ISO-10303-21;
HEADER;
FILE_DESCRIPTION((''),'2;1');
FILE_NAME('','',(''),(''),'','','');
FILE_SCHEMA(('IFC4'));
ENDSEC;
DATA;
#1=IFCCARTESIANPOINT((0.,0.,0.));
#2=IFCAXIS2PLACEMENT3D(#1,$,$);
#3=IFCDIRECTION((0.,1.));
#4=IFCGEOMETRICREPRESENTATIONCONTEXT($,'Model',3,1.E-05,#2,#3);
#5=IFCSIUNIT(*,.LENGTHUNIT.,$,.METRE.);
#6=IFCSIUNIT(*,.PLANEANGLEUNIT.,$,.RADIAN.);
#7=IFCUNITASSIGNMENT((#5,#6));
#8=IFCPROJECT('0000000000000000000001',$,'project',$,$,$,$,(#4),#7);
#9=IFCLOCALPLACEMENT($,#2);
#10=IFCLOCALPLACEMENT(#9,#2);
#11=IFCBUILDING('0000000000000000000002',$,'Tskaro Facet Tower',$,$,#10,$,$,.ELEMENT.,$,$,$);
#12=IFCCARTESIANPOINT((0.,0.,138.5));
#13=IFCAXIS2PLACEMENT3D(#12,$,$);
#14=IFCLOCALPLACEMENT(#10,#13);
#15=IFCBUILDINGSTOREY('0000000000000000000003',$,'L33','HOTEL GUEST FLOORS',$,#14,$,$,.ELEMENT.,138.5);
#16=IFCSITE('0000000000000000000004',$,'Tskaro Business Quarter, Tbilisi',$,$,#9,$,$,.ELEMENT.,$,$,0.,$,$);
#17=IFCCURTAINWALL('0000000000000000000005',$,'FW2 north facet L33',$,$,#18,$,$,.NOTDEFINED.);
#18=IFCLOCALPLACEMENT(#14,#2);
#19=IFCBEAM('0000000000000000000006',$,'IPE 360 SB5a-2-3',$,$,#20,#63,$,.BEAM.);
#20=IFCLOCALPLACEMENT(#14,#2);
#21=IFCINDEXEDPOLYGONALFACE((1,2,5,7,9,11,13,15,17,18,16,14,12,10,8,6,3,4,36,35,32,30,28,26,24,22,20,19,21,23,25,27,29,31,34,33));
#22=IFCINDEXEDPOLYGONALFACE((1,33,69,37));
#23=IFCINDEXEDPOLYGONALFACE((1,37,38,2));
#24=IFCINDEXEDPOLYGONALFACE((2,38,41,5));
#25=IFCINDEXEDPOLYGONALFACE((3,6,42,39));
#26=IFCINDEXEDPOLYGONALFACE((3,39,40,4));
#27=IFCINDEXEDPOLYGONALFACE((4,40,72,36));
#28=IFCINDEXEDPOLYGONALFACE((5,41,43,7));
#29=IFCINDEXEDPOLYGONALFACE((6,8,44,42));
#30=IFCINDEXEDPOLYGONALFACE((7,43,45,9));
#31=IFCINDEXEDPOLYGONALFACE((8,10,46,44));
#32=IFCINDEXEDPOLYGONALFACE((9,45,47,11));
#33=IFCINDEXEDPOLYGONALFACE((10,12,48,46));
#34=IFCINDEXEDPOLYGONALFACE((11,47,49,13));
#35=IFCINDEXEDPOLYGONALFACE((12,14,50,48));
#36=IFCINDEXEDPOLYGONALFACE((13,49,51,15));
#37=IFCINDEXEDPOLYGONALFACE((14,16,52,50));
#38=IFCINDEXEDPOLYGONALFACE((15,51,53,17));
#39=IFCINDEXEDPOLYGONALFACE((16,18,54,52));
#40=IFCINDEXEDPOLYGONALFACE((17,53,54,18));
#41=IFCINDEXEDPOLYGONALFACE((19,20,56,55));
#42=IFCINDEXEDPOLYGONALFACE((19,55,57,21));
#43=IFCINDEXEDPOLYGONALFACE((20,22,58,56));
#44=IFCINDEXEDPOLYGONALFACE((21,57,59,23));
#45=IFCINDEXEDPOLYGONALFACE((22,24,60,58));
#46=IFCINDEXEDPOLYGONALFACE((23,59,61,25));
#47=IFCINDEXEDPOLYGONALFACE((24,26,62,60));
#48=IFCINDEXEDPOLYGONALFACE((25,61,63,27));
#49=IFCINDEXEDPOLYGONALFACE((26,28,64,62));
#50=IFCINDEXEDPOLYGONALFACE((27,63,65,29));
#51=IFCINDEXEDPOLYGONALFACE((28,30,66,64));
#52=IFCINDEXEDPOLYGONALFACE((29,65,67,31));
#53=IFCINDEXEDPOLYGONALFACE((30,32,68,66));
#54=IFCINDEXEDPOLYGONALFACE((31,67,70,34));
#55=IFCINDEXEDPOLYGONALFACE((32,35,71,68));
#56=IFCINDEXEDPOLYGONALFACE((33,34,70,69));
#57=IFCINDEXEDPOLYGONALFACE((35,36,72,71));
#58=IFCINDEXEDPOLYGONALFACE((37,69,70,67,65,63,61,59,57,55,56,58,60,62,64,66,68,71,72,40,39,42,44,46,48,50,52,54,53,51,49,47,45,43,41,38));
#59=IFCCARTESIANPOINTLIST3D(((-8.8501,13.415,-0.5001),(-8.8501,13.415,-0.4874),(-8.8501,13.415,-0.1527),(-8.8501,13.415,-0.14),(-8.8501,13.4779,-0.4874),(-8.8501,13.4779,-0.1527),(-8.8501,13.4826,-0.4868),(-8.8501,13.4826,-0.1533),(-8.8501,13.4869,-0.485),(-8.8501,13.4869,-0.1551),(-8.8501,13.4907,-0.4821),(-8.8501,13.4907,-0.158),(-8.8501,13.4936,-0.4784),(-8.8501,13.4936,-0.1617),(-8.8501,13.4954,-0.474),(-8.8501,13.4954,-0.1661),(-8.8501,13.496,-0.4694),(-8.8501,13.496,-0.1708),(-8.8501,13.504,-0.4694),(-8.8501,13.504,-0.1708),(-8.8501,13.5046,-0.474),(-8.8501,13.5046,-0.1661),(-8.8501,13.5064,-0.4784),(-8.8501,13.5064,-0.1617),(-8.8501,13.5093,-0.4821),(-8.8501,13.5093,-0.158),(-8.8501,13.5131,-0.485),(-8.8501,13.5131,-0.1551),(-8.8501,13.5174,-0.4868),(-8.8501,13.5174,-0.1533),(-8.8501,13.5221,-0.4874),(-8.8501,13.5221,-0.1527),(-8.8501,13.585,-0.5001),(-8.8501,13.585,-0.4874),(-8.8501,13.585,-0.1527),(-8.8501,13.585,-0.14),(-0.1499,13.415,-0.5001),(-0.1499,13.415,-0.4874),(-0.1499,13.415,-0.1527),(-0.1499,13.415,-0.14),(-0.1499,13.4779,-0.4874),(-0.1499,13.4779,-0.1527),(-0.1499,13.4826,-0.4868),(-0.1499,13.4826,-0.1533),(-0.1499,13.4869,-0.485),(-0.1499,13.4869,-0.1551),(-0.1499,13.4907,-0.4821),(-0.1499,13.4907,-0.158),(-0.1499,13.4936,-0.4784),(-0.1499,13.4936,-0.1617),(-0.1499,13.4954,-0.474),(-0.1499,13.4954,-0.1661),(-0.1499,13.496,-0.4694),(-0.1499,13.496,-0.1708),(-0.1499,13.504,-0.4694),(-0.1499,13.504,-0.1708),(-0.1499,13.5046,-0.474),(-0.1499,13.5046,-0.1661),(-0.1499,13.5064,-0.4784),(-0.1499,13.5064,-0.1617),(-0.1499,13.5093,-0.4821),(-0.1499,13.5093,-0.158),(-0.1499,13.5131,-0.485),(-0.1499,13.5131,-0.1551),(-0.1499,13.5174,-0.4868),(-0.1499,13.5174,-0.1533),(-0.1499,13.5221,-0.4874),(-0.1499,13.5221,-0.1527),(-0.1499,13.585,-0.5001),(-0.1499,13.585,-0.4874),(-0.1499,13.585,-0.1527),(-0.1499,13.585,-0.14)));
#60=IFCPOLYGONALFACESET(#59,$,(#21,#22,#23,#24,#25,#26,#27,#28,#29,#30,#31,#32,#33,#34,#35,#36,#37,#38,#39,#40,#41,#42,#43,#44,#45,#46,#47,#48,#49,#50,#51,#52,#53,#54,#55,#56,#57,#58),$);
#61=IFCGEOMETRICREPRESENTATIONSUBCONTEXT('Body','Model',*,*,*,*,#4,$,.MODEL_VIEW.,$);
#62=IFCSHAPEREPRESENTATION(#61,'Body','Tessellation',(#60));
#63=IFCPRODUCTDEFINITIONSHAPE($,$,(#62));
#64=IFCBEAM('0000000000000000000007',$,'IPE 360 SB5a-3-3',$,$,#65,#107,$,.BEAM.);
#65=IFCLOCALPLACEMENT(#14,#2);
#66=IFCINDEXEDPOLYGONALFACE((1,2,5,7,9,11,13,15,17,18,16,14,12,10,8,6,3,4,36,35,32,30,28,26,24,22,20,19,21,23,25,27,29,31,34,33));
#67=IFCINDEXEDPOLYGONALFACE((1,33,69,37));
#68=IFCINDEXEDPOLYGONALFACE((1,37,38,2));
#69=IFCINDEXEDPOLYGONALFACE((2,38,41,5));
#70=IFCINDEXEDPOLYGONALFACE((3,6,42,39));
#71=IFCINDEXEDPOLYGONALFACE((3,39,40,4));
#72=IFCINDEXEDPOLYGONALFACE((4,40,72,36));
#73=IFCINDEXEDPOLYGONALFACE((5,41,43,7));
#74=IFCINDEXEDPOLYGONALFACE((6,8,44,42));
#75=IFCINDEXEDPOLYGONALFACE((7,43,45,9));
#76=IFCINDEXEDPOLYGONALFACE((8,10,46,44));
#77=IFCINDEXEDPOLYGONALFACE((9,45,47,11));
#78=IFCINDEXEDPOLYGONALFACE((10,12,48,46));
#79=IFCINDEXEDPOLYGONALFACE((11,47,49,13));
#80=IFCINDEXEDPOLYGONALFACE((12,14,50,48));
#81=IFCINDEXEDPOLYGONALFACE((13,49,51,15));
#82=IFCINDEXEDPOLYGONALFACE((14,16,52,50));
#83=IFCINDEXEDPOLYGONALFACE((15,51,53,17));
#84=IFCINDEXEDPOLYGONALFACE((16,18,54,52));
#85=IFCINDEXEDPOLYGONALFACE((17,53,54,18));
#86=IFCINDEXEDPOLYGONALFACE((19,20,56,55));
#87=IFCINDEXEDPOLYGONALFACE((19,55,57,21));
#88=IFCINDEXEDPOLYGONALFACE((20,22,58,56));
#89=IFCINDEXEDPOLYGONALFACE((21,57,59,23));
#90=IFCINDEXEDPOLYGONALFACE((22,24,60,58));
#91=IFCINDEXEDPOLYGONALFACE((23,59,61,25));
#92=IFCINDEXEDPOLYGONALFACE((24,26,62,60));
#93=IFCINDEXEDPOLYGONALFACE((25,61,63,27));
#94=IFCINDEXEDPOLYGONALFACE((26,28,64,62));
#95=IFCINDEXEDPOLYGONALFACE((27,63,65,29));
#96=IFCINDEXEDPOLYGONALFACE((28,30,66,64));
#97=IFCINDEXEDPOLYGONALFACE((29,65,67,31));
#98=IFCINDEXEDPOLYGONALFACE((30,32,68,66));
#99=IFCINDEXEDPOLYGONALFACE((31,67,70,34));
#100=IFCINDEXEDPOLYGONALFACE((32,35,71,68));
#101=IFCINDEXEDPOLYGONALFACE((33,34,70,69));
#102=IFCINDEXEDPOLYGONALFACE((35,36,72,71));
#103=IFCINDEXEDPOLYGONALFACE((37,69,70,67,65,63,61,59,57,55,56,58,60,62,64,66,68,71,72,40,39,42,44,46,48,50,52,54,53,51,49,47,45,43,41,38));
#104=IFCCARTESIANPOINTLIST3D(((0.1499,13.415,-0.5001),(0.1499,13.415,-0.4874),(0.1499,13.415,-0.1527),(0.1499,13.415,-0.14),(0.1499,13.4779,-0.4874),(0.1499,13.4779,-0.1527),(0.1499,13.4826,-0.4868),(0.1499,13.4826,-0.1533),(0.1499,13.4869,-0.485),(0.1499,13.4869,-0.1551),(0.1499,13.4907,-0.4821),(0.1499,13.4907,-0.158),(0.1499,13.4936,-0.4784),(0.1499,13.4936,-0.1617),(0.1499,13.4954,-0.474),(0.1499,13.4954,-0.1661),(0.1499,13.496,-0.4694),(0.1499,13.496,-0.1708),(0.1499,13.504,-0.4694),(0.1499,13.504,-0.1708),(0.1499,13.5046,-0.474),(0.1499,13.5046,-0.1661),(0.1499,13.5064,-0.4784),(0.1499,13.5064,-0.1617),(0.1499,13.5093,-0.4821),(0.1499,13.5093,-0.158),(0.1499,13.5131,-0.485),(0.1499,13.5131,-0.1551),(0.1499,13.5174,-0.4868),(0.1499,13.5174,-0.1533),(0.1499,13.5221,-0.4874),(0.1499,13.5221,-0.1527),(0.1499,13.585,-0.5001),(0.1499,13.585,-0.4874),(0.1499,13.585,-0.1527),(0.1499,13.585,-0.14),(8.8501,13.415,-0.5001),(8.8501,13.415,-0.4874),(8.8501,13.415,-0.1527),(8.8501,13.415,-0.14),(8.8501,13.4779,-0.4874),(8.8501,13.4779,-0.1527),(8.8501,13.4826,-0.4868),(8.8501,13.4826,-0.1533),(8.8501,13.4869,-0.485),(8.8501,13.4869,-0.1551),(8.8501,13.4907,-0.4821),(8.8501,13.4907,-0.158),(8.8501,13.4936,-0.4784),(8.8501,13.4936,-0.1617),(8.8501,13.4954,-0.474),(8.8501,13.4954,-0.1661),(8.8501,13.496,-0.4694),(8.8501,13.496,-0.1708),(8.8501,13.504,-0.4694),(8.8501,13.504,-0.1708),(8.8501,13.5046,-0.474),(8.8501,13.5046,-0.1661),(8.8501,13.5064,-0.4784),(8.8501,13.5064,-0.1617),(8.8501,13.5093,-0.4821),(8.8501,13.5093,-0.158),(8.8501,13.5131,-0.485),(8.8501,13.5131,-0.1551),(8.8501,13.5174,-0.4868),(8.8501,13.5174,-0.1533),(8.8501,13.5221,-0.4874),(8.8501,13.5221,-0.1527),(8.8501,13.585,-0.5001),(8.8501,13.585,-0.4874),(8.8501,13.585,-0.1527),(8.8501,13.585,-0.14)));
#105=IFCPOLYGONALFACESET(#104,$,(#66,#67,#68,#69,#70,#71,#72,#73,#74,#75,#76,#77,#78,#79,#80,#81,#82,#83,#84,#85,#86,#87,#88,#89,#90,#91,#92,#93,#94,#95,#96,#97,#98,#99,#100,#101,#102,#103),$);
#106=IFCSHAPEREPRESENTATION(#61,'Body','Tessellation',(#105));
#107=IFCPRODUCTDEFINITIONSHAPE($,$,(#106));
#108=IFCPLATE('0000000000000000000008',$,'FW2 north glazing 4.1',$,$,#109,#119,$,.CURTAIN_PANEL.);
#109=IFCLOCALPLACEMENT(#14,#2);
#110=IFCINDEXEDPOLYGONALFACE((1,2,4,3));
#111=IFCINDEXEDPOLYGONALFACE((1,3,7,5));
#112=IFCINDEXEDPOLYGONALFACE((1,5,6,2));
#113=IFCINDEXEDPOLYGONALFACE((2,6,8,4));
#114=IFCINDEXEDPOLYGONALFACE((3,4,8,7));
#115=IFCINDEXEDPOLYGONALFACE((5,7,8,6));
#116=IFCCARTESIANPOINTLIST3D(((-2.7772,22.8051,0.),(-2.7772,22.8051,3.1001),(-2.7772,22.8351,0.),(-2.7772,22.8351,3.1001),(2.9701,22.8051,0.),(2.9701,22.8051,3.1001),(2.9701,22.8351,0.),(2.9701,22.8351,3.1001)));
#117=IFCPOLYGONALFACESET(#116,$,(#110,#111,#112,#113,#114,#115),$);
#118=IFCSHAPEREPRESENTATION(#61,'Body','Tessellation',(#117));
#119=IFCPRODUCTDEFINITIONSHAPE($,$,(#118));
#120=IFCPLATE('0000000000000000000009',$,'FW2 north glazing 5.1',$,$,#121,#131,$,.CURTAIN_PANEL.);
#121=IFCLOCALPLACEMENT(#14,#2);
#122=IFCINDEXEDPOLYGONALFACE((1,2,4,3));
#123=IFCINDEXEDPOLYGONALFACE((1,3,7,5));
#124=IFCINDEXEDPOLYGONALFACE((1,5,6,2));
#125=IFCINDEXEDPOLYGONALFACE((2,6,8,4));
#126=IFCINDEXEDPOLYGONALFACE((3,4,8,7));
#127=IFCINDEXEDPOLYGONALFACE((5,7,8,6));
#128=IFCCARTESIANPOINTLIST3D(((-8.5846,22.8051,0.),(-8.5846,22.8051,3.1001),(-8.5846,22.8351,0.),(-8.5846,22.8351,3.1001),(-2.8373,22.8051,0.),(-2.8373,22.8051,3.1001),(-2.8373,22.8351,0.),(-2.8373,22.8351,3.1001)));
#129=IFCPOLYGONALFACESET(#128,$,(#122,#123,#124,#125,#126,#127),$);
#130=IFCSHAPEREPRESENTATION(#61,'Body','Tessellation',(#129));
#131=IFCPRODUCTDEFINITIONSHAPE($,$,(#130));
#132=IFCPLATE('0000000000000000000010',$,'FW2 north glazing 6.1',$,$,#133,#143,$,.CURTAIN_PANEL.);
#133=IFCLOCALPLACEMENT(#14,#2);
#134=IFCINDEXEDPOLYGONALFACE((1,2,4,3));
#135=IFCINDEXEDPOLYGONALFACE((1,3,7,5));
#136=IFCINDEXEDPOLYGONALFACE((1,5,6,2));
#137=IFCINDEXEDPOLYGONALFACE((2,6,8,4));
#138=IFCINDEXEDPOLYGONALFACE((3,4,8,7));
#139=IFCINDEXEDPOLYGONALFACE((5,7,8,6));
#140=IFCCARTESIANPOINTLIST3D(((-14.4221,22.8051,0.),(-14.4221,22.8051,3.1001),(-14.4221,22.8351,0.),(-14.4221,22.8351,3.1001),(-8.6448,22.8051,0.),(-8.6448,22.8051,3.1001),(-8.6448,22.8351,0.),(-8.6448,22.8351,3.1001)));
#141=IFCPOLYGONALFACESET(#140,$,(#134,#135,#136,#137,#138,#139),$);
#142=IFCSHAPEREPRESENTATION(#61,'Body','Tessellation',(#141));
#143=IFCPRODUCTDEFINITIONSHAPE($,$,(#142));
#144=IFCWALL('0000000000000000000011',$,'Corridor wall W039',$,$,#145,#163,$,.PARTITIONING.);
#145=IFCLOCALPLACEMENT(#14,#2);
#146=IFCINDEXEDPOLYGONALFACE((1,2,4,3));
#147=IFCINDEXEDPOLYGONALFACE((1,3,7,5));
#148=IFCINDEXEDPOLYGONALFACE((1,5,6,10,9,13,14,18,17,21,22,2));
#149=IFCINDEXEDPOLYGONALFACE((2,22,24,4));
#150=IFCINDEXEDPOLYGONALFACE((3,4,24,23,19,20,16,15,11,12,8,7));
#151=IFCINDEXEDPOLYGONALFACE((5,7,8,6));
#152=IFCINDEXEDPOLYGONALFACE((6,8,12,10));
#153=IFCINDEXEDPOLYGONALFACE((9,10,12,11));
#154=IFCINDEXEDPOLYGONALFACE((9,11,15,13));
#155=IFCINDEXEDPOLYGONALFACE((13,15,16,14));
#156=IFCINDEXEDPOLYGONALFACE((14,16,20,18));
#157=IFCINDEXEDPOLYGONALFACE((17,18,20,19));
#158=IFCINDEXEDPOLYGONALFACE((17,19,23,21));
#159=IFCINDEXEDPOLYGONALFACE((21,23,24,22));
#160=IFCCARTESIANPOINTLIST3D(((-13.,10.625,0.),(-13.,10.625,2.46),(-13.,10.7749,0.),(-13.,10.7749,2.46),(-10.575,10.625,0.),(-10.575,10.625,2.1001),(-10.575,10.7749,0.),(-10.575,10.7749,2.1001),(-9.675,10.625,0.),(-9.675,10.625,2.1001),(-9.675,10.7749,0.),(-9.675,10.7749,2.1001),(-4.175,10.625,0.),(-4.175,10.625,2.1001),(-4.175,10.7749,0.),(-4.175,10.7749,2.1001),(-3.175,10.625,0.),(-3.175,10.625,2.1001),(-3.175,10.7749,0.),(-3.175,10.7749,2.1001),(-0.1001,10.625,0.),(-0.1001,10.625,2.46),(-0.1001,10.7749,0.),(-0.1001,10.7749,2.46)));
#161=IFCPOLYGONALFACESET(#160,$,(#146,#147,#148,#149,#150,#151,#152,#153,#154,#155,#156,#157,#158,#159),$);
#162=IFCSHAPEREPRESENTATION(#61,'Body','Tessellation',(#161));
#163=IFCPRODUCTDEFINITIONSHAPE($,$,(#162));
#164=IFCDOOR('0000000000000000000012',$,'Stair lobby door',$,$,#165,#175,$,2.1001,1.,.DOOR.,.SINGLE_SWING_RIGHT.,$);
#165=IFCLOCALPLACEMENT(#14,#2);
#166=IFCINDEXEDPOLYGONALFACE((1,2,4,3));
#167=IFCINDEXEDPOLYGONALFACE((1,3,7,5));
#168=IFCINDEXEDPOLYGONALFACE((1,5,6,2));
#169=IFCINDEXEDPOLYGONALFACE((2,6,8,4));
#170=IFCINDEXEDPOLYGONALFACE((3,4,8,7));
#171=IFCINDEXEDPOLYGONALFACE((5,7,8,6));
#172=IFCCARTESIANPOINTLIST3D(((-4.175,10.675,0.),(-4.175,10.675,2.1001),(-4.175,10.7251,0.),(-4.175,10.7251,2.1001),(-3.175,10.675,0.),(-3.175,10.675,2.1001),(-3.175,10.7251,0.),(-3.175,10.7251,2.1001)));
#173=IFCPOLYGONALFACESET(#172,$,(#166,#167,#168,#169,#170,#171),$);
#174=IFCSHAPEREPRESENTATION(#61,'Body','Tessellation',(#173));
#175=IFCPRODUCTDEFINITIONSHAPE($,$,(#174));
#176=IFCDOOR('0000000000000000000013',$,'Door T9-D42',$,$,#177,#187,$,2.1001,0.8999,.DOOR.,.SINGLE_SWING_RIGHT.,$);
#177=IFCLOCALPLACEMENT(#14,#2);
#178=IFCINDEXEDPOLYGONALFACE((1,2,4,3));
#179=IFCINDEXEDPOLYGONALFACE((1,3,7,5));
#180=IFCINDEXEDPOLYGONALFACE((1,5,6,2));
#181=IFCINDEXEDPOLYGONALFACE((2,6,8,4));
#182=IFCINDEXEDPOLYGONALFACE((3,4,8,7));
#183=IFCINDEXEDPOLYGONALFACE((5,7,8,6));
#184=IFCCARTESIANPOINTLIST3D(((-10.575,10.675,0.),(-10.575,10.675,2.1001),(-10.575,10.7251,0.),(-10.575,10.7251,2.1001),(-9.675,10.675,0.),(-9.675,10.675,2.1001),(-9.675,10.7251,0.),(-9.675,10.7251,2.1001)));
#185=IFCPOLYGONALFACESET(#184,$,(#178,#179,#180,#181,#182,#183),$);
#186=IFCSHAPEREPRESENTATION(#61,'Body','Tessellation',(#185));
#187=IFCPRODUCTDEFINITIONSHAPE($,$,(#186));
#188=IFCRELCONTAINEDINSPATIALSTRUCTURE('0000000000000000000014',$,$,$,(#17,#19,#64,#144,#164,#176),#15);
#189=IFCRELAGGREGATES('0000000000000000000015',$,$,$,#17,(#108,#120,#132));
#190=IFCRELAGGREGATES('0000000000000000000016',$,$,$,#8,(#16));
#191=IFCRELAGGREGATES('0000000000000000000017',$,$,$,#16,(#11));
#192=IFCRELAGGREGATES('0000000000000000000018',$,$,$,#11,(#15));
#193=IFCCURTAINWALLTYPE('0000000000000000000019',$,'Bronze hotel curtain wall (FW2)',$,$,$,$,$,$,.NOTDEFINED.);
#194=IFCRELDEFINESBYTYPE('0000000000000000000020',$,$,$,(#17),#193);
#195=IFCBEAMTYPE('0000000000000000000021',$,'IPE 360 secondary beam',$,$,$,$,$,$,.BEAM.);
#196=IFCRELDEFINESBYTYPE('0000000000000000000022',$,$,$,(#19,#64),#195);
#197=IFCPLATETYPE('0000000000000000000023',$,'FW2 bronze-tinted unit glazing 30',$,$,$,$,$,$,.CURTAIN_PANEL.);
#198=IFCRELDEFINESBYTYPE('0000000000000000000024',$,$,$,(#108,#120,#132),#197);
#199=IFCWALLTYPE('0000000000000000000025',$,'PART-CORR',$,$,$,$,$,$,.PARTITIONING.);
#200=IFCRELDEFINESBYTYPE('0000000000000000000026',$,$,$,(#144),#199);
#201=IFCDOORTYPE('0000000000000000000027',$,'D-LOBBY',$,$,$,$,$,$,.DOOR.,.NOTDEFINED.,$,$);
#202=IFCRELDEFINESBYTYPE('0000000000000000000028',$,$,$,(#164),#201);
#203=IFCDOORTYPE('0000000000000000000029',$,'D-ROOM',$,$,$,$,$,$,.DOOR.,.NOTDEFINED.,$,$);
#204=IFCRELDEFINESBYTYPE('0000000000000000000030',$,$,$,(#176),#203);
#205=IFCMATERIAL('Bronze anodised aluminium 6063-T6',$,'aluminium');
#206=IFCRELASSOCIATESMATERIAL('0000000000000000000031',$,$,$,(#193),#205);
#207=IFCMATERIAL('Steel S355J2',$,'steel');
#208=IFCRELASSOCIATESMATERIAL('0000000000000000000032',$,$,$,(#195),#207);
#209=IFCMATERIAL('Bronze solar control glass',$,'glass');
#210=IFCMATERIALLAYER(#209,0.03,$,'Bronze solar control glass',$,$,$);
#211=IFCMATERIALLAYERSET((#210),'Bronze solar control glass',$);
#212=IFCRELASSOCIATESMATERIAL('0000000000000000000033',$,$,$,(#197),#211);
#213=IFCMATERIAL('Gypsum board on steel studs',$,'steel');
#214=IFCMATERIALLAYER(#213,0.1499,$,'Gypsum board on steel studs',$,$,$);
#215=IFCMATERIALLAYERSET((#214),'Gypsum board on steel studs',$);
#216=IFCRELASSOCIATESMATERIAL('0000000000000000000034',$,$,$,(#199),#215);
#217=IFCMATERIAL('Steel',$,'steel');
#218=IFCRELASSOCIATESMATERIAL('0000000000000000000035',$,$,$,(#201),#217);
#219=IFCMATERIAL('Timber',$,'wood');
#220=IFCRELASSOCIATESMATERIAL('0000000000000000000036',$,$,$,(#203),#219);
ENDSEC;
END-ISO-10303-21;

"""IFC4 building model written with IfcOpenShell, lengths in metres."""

from ifc_helpers import new_model, si_unit, direction, frame, frame_2d, origin, origin_2d, place, context, subcontext, project, spatial, rectangle, i_section, extrude, material, layer, layer_set, material_profile, profile_set, type_object, element, fill, aggregate, save


model = new_model("IFC4")

# Units and contexts
model_context = context("Model", 3, precision=1e-05, world=origin(), true_north=direction((0.0, 1.0)))
body_context = subcontext(model_context, "Body", "Model", "MODEL_VIEW")
ifc_project = project(units=[si_unit("LENGTHUNIT", "METRE"), si_unit("PLANEANGLEUNIT", "RADIAN")], contexts=[model_context])

# Site, building, storey
site_placement = place(None, origin())
site = spatial("IfcSite", under=ifc_project, at=site_placement, Name="Tskaro Business Quarter, Tbilisi", CompositionType="ELEMENT", RefElevation=0.0)
building_placement = place(site_placement, origin())
building = spatial("IfcBuilding", under=site, at=building_placement, Name="Tskaro Facet Tower", CompositionType="ELEMENT")
storey_placement = place(building_placement, frame((0.0, 0.0, 138.5)))
storey = spatial("IfcBuildingStorey", under=building, at=storey_placement, Name="L33", Description="HOTEL GUEST FLOORS", CompositionType="ELEMENT", Elevation=138.5)

# Curtain wall
ifc_material_1 = material(Name="Bronze anodised aluminium 6063-T6", Category="aluminium")
curtain_wall_type = type_object("IfcCurtainWallType", Name="Bronze hotel curtain wall (FW2)", PredefinedType="NOTDEFINED", material=ifc_material_1)
curtain_wall_placement = place(storey_placement, origin())
curtain_wall = element("IfcCurtainWall", 1, at=curtain_wall_placement, inside=storey, type_object=curtain_wall_type, Name="FW2 north facet L33", PredefinedType="NOTDEFINED")

# Beams
ifc_material_2 = material(Name="Steel S355J2", Category="steel")
ifc_material_profile_1 = material_profile(ifc_material_2, i_section(OverallWidth=0.1699, OverallDepth=0.3601, WebThickness=0.0081, FlangeThickness=0.0127, FilletRadius=0.0181, at=origin_2d()), Name="IPE 360")
ifc_profile_set_1 = profile_set([ifc_material_profile_1], Name="Steel S355J2")
beam_type_1 = type_object("IfcBeamType", Name="IPE 360 secondary beam", PredefinedType="BEAM", material=ifc_profile_set_1)
for number, where, z_axis, x_axis, name in (
    (2, (-8.8501, 13.5, -0.3201), (1.0, 0.0, 0.0), (0.0, 1.0, 0.0), "IPE 360 SB5a-2-3"),
    (3, (0.1499, 13.5, -0.3201), (1.0, 0.0, 0.0), (0.0, 1.0, 0.0), "IPE 360 SB5a-3-3"),
):
    element("IfcBeam", number, at=place(storey_placement, frame(where, z_axis=z_axis, x_axis=x_axis)), inside=storey, type_object=beam_type_1, Name=name, PredefinedType="BEAM", context=body_context, shape_type="SweptSolid", body=[
        extrude(i_section(OverallWidth=0.1699, OverallDepth=0.3601, WebThickness=0.0081, FlangeThickness=0.0127, FilletRadius=0.0181, at=origin_2d()), origin(), (0.0, 0.0, 1.0), 8.7002),
    ])

# Plates
ifc_material_3 = material(Name="Bronze solar control glass", Category="glass")
ifc_layer_1 = layer(ifc_material_3, 0.03, Name="Bronze solar control glass")
ifc_layer_set_1 = layer_set([ifc_layer_1], Name="Bronze solar control glass")
plate_type = type_object("IfcPlateType", Name="FW2 bronze-tinted unit glazing 30", PredefinedType="CURTAIN_PANEL", material=ifc_layer_set_1)
plate_1_placement = place(storey_placement, frame((0.0964, 22.8201, 0.0), z_axis=(0.0, 0.0, 1.0), x_axis=(-1.0, 0.0, 0.0)))
plate_1 = element("IfcPlate", 4, at=plate_1_placement, type_object=plate_type, Name="FW2 north glazing 4.1", PredefinedType="CURTAIN_PANEL", context=body_context, shape_type="SweptSolid", body=[
    extrude(rectangle(XDim=5.7473, YDim=0.03, at=origin_2d()), origin(), (0.0, 0.0, 1.0), 3.1001),
])
plate_2_placement = place(storey_placement, frame((-5.7109, 22.8201, 0.0), z_axis=(0.0, 0.0, 1.0), x_axis=(-1.0, 0.0, 0.0)))
plate_2 = element("IfcPlate", 5, at=plate_2_placement, type_object=plate_type, Name="FW2 north glazing 5.1", PredefinedType="CURTAIN_PANEL", context=body_context, shape_type="SweptSolid", body=[
    extrude(rectangle(XDim=5.7473, YDim=0.03, at=origin_2d()), origin(), (0.0, 0.0, 1.0), 3.1001),
])
plate_3_placement = place(storey_placement, frame((-11.5334, 22.8201, 0.0), z_axis=(0.0, 0.0, 1.0), x_axis=(-1.0, 0.0, 0.0)))
plate_3 = element("IfcPlate", 6, at=plate_3_placement, type_object=plate_type, Name="FW2 north glazing 6.1", PredefinedType="CURTAIN_PANEL", context=body_context, shape_type="SweptSolid", body=[
    extrude(rectangle(XDim=5.7773, YDim=0.03, at=origin_2d()), origin(), (0.0, 0.0, 1.0), 3.1001),
])
aggregate(curtain_wall, [plate_1, plate_2, plate_3])

# Wall, openings, doors
ifc_material_4 = material(Name="Gypsum board on steel studs", Category="steel")
ifc_layer_2 = layer(ifc_material_4, 0.1499, Name="Gypsum board on steel studs")
ifc_layer_set_2 = layer_set([ifc_layer_2], Name="Gypsum board on steel studs")
wall_type_1 = type_object("IfcWallType", Name="PART-CORR", PredefinedType="PARTITIONING", material=ifc_layer_set_2)
wall_1_placement = place(storey_placement, frame((-0.1001, 10.7, 0.0), z_axis=(0.0, 0.0, 1.0), x_axis=(-1.0, 0.0, 0.0)))
wall_1 = element("IfcWall", 7, at=wall_1_placement, inside=storey, type_object=wall_type_1, Name="Corridor wall W039", PredefinedType="PARTITIONING", context=body_context, shape_type="SweptSolid", body=[
    extrude(rectangle(XDim=12.8999, YDim=0.1499, at=frame_2d((6.45, 0.0))), origin(), (0.0, 0.0, 1.0), 2.46),
])
opening_1_placement = place(wall_1_placement, frame((3.075, 0.0, 0.0)))
opening_1 = element("IfcOpeningElement", 8, at=opening_1_placement, cuts=wall_1, PredefinedType="OPENING", context=body_context, shape_type="SweptSolid", body=[
    extrude(rectangle(XDim=1.0, YDim=2.1001, at=frame_2d((0.5, 1.05))), frame((0.0, 0.085, 0.0), z_axis=(0.0, -1.0, 0.0), x_axis=(1.0, 0.0, 0.0)), (0.0, 0.0, 1.0), 0.1699),
])
opening_2_placement = place(wall_1_placement, frame((9.575, 0.0, 0.0)))
opening_2 = element("IfcOpeningElement", 9, at=opening_2_placement, cuts=wall_1, PredefinedType="OPENING", context=body_context, shape_type="SweptSolid", body=[
    extrude(rectangle(XDim=0.8999, YDim=2.1001, at=frame_2d((0.45, 1.05))), frame((0.0, 0.085, 0.0), z_axis=(0.0, -1.0, 0.0), x_axis=(1.0, 0.0, 0.0)), (0.0, 0.0, 1.0), 0.1699),
])
ifc_material_5 = material(Name="Steel", Category="steel")
door_type_1 = type_object("IfcDoorType", Name="D-LOBBY", OperationType="NOTDEFINED", PredefinedType="DOOR", material=ifc_material_5)
door_1_placement = place(opening_1_placement, origin())
door_1 = element("IfcDoor", 10, at=door_1_placement, inside=storey, type_object=door_type_1, Name="Stair lobby door", OperationType="SINGLE_SWING_RIGHT", OverallHeight=2.1001, OverallWidth=1.0, PredefinedType="DOOR", context=body_context, shape_type="SweptSolid", body=[
    extrude(rectangle(XDim=1.0, YDim=2.1001, at=frame_2d((0.5, 1.05))), frame((0.0, 0.0249, 0.0), z_axis=(0.0, -1.0, 0.0), x_axis=(1.0, 0.0, 0.0)), (0.0, 0.0, 1.0), 0.05),
])
fill(opening_1, door_1)
ifc_material_6 = material(Name="Timber", Category="wood")
door_type_2 = type_object("IfcDoorType", Name="D-ROOM", OperationType="NOTDEFINED", PredefinedType="DOOR", material=ifc_material_6)
door_2_placement = place(opening_2_placement, origin())
door_2 = element("IfcDoor", 11, at=door_2_placement, inside=storey, type_object=door_type_2, Name="Door T9-D42", OperationType="SINGLE_SWING_RIGHT", OverallHeight=2.1001, OverallWidth=0.8999, PredefinedType="DOOR", context=body_context, shape_type="SweptSolid", body=[
    extrude(rectangle(XDim=0.8999, YDim=2.1001, at=frame_2d((0.45, 1.05))), frame((0.0, 0.0249, 0.0), z_axis=(0.0, -1.0, 0.0), x_axis=(1.0, 0.0, 0.0)), (0.0, 0.0, 1.0), 0.05),
])
fill(opening_2, door_2)

save(model, "model.ifc")
